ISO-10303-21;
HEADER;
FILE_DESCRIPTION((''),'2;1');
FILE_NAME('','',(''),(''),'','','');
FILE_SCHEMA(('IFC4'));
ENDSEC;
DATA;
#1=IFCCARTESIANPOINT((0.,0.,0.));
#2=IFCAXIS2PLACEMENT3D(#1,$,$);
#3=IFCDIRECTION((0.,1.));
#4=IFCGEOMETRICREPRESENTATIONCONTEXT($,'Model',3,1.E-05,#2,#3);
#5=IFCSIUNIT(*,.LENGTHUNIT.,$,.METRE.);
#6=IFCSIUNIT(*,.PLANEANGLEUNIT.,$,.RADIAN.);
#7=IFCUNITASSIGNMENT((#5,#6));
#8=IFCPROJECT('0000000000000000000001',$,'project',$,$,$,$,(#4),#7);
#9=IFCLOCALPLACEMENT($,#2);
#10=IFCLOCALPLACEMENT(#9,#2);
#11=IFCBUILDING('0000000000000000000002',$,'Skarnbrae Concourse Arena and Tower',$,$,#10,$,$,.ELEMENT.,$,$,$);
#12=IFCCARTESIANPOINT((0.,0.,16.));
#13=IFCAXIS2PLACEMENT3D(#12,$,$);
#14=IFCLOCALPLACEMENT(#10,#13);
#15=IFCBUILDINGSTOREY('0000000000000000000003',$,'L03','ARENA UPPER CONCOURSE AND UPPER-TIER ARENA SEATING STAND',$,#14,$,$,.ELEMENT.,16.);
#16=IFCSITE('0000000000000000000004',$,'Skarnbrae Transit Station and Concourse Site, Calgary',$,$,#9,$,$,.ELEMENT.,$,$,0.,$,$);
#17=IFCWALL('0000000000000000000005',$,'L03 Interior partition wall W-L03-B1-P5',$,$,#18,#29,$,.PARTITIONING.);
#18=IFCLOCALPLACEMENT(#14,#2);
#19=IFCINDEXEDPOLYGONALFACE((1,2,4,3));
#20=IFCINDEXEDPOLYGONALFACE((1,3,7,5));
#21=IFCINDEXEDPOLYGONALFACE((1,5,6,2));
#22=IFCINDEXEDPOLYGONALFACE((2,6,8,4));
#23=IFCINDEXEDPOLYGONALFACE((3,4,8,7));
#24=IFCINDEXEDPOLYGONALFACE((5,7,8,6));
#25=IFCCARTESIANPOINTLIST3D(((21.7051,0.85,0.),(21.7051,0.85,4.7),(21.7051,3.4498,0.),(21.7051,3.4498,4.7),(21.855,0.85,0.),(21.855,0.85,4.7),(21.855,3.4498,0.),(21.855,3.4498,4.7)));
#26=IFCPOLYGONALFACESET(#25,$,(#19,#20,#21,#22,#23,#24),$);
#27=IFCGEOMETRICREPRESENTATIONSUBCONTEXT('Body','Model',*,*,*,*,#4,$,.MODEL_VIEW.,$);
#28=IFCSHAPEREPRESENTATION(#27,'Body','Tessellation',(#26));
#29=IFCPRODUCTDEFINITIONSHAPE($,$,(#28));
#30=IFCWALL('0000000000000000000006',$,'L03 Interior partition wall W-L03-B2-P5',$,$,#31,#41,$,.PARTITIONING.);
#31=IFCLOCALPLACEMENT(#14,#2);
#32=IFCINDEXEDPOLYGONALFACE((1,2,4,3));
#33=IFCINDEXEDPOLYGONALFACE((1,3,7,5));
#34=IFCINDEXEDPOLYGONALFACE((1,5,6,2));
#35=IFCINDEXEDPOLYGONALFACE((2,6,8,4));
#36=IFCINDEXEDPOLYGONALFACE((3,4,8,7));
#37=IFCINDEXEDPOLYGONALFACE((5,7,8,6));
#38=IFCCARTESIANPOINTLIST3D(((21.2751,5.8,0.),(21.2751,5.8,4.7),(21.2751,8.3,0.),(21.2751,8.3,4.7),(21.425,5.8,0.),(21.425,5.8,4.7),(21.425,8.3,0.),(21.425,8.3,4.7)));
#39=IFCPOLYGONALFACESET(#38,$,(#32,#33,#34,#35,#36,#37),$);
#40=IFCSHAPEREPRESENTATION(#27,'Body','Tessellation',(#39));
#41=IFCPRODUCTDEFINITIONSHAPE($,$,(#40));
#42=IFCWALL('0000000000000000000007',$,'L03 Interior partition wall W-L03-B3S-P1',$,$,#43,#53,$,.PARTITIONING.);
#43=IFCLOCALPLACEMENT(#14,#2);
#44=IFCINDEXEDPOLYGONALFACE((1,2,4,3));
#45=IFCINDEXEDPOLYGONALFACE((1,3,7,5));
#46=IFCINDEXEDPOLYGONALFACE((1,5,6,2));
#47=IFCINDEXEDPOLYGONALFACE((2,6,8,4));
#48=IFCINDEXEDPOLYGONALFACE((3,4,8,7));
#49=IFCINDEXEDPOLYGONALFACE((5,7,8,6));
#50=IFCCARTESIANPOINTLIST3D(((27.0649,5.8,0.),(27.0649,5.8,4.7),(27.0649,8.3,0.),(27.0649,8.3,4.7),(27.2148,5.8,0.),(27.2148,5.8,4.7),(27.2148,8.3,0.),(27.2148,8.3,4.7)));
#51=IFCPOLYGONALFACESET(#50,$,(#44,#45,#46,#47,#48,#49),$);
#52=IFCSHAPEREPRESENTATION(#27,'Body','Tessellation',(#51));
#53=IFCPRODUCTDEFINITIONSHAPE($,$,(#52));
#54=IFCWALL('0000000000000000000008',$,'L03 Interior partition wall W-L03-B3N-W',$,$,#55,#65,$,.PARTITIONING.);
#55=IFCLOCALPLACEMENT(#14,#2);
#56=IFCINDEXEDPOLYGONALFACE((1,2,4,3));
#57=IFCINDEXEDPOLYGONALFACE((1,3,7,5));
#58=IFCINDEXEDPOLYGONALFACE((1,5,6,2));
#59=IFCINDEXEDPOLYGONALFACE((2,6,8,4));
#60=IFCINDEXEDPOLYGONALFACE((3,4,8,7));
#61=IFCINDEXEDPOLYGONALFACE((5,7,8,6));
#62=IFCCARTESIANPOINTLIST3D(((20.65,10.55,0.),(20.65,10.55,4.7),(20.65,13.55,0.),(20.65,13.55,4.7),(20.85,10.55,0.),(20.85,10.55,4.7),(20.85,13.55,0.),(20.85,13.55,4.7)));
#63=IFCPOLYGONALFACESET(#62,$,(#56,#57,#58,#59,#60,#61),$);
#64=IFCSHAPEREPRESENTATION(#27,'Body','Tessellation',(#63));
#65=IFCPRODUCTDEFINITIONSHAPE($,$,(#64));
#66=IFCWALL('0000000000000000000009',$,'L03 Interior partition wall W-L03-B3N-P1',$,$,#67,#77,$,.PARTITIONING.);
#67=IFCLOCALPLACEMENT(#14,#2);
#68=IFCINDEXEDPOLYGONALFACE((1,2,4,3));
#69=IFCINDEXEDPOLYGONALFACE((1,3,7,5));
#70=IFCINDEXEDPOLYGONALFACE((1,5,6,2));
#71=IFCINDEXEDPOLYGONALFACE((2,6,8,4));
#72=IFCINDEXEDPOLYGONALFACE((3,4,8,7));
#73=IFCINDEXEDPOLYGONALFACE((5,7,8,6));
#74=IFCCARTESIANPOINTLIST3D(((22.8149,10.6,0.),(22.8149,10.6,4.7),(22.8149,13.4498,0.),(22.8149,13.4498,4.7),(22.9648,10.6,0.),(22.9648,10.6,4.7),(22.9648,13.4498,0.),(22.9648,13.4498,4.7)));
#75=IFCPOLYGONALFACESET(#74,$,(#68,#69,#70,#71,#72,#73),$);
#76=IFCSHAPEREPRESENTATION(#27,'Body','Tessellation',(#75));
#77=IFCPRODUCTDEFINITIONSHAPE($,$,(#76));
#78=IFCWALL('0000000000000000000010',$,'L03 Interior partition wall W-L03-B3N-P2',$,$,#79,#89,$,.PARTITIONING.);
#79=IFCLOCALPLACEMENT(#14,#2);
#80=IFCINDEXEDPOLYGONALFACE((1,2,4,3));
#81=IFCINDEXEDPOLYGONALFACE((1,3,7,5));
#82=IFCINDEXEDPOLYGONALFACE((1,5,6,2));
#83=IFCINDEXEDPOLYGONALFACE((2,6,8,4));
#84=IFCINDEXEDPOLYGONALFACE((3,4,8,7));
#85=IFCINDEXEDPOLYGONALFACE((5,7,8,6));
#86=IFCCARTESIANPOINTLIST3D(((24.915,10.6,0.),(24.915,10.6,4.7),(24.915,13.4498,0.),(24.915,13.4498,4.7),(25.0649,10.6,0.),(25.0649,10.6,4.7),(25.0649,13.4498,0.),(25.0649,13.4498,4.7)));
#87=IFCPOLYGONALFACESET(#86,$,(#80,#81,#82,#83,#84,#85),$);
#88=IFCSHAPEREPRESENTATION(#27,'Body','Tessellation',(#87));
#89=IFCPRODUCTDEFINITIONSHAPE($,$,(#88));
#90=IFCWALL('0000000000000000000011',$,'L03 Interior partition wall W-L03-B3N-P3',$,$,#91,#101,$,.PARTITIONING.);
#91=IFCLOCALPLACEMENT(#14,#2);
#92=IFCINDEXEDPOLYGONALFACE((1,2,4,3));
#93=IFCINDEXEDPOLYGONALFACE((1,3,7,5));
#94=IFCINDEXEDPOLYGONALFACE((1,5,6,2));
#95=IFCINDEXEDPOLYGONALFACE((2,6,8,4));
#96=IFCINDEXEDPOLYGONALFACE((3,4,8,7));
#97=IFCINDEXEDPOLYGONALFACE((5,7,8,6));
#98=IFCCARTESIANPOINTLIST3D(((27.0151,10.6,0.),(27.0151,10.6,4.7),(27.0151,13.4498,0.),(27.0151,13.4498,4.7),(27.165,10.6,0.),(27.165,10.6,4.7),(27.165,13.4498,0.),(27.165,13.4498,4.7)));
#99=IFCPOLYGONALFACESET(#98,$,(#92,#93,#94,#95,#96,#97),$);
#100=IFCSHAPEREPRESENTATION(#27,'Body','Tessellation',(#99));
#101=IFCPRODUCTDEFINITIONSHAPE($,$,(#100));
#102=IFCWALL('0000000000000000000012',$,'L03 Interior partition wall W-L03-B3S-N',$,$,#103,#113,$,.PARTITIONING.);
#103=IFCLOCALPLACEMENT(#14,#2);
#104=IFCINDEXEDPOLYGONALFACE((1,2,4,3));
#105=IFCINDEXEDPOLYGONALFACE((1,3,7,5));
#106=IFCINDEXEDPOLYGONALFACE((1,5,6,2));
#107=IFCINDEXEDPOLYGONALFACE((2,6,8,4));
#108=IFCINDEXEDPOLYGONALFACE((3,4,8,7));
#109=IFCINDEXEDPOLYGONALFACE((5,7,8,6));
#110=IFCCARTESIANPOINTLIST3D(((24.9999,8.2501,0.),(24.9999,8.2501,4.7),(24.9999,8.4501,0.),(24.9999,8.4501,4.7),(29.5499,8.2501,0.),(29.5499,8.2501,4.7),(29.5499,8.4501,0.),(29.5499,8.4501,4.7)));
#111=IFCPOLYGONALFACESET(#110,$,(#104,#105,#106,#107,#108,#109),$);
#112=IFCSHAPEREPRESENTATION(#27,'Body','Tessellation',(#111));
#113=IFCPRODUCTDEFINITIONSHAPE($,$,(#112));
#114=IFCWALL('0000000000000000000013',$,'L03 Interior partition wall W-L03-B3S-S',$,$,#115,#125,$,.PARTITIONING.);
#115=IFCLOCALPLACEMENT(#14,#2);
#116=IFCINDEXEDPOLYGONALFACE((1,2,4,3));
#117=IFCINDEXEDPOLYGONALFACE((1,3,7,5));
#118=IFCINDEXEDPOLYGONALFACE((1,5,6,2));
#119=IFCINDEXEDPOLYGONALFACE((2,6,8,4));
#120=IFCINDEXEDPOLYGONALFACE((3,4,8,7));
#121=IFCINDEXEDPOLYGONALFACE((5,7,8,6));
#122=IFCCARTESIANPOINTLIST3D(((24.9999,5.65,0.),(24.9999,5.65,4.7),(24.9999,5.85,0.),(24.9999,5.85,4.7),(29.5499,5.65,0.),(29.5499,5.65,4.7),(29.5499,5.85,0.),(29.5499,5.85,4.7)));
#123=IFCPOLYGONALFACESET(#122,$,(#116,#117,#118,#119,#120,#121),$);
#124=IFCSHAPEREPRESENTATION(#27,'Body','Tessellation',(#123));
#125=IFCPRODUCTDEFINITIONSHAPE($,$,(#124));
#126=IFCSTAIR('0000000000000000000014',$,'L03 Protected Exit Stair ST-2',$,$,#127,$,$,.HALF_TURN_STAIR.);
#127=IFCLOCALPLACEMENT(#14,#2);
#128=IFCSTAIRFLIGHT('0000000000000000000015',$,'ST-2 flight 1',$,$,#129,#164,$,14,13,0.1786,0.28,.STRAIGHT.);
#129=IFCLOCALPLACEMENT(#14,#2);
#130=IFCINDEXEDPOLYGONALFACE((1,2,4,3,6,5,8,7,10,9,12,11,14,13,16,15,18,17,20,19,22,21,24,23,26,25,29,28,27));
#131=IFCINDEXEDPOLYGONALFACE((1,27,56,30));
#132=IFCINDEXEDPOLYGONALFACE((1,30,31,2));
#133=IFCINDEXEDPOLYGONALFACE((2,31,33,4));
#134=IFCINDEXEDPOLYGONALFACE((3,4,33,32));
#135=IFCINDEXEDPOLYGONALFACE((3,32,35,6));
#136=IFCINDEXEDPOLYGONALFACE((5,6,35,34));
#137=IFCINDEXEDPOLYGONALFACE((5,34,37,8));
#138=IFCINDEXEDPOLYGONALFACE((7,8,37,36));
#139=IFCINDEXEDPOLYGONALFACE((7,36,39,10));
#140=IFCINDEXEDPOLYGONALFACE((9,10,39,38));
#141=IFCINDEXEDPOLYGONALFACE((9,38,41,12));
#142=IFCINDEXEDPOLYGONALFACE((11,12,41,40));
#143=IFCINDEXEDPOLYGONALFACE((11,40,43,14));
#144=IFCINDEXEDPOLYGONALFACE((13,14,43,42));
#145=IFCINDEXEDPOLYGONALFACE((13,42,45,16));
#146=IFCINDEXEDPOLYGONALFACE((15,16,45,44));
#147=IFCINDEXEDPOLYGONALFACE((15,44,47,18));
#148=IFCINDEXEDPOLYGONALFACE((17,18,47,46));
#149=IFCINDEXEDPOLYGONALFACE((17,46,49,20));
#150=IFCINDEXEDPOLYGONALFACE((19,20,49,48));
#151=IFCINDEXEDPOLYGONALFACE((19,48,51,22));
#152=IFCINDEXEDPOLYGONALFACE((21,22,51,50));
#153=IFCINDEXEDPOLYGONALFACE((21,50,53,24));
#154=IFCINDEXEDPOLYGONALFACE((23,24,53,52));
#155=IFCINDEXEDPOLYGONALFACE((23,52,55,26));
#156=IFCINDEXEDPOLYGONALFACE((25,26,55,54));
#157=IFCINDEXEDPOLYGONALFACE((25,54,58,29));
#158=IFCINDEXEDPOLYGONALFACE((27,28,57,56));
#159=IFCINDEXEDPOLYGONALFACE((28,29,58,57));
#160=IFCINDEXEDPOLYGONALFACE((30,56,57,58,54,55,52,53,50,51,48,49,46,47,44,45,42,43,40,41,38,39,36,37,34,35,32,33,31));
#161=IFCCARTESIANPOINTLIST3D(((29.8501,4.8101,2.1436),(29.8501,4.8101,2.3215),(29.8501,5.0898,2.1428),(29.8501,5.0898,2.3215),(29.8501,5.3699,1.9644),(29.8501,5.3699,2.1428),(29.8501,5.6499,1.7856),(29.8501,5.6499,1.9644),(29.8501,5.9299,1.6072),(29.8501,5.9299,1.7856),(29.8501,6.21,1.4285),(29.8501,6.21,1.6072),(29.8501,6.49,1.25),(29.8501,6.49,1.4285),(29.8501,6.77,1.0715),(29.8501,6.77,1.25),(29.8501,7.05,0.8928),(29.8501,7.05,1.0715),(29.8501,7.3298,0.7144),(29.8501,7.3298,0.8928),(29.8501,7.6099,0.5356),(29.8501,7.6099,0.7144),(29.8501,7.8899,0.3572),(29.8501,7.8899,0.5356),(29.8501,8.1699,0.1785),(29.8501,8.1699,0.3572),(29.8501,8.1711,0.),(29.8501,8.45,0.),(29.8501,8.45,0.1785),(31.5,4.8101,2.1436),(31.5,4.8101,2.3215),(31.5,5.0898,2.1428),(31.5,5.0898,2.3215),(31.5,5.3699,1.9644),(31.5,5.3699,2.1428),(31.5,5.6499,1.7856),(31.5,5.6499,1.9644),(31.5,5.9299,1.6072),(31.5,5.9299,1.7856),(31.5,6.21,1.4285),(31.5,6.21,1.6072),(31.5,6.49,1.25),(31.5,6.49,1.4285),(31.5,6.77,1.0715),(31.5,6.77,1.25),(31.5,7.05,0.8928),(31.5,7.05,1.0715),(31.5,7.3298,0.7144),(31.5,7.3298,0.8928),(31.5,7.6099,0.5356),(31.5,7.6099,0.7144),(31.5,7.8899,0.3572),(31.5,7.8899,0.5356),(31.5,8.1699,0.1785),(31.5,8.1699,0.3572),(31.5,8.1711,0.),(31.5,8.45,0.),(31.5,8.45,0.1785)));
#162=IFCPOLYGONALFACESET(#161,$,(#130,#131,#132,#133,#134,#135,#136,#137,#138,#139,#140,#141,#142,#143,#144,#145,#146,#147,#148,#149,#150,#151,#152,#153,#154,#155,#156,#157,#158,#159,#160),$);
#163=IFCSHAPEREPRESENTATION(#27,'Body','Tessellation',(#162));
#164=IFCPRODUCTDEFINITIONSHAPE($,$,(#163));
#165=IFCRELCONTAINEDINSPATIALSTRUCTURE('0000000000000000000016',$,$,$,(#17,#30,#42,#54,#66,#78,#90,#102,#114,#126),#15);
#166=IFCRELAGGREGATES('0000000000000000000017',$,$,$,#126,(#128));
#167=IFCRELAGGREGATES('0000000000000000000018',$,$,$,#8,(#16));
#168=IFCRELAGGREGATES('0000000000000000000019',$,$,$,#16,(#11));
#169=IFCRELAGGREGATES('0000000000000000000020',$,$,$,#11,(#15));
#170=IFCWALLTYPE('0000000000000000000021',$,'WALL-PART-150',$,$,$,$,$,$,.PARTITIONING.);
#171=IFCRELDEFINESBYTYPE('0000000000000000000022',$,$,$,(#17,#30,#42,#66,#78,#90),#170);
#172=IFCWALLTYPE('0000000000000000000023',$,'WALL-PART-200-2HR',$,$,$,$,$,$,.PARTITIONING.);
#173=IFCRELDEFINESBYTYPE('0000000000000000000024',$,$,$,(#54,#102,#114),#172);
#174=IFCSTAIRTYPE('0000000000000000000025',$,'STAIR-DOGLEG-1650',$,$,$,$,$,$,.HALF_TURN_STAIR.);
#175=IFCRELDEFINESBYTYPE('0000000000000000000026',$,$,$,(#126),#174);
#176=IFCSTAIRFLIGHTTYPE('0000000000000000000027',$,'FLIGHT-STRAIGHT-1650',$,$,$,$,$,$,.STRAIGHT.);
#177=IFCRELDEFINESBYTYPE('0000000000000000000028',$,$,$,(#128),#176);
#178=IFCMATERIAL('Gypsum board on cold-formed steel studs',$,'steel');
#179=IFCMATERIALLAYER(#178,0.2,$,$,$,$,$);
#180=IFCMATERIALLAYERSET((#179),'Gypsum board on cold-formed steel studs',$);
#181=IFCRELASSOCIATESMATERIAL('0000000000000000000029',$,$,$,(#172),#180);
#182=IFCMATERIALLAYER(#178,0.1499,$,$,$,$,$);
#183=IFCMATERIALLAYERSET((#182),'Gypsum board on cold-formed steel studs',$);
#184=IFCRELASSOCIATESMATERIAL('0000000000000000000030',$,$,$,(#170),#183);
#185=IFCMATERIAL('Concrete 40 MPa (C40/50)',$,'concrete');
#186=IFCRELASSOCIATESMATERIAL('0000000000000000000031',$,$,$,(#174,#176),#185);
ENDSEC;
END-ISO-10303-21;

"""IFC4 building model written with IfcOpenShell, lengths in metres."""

from ifc_helpers import new_model, si_unit, direction, frame, frame_2d, origin, place, context, subcontext, project, spatial, polyline, rectangle, outline, extrude, source, transform, mapped, material, layer, layer_set, type_object, element, aggregate, save


model = new_model("IFC4")

# Units and contexts
model_context = context("Model", 3, precision=1e-05, world=origin(), true_north=direction((0.0, 1.0)))
body_context = subcontext(model_context, "Body", "Model", "MODEL_VIEW")
ifc_project = project(units=[si_unit("LENGTHUNIT", "METRE"), si_unit("PLANEANGLEUNIT", "RADIAN")], contexts=[model_context])

# Site, building, storey
site_placement = place(None, origin())
site = spatial("IfcSite", under=ifc_project, at=site_placement, Name="Skarnbrae Transit Station and Concourse Site, Calgary", CompositionType="ELEMENT", RefElevation=0.0)
building_placement = place(site_placement, origin())
building = spatial("IfcBuilding", under=site, at=building_placement, Name="Skarnbrae Concourse Arena and Tower", CompositionType="ELEMENT")
storey_placement = place(building_placement, frame((0.0, 0.0, 16.0)))
storey = spatial("IfcBuildingStorey", under=building, at=storey_placement, Name="L03", Description="ARENA UPPER CONCOURSE AND UPPER-TIER ARENA SEATING STAND", CompositionType="ELEMENT", Elevation=16.0)

# Shared definitions
ifc_material_1 = material(Name="Gypsum board on cold-formed steel studs", Category="steel")
ifc_layer_1 = layer(ifc_material_1, 0.2)
ifc_layer_set_1 = layer_set([ifc_layer_1], Name="Gypsum board on cold-formed steel studs")
wall_type_1 = type_object("IfcWallType", Name="WALL-PART-200-2HR", PredefinedType="PARTITIONING", material=ifc_layer_set_1)

# Walls
ifc_layer_2 = layer(ifc_material_1, 0.1499)
ifc_layer_set_2 = layer_set([ifc_layer_2], Name="Gypsum board on cold-formed steel studs")
wall_type_2 = type_object("IfcWallType", Name="WALL-PART-150", PredefinedType="PARTITIONING", material=ifc_layer_set_2)
shared_shape_1 = source(origin(), body_context, "Body", "SweptSolid", [
    extrude(rectangle(XDim=2.5999, YDim=0.1499, at=frame_2d((1.2998, 0.0))), origin(), (0.0, 0.0, 1.0), 4.7),
])
wall_1_placement = place(storey_placement, frame((21.78, 0.8501, 0.0), z_axis=(0.0, 0.0, 1.0), x_axis=(0.0, 1.0, 0.0)))
element("IfcWall", 1, at=wall_1_placement, inside=storey, type_object=wall_type_2, Name="L03 Interior partition wall W-L03-B1-P5", PredefinedType="PARTITIONING", context=body_context, shape_type="MappedRepresentation", body=[
    mapped(shared_shape_1, transform((0.0, 0.0, 0.0))),
])
shared_shape_2 = source(origin(), body_context, "Body", "SweptSolid", [
    extrude(rectangle(XDim=2.5, YDim=0.1499, at=frame_2d((1.25, 0.0))), origin(), (0.0, 0.0, 1.0), 4.7),
])
for number, where, z_axis, x_axis, name in (
    (2, (21.3501, 5.8, 0.0), (0.0, 0.0, 1.0), (0.0, 1.0, 0.0), "L03 Interior partition wall W-L03-B2-P5"),
    (3, (27.1399, 5.8, 0.0), (0.0, 0.0, 1.0), (0.0, 1.0, 0.0), "L03 Interior partition wall W-L03-B3S-P1"),
):
    element("IfcWall", number, at=place(storey_placement, frame(where, z_axis=z_axis, x_axis=x_axis)), inside=storey, type_object=wall_type_2, Name=name, PredefinedType="PARTITIONING", context=body_context, shape_type="MappedRepresentation", body=[
        mapped(shared_shape_2, transform((0.0, 0.0, 0.0))),
    ])
shared_shape_3 = source(origin(), body_context, "Body", "SweptSolid", [
    extrude(rectangle(XDim=3.0, YDim=0.2, at=frame_2d((1.5, 0.0))), origin(), (0.0, 0.0, 1.0), 4.7),
])
wall_2_placement = place(storey_placement, frame((20.75, 10.55, 0.0), z_axis=(0.0, 0.0, 1.0), x_axis=(0.0, 1.0, 0.0)))
element("IfcWall", 4, at=wall_2_placement, inside=storey, type_object=wall_type_1, Name="L03 Interior partition wall W-L03-B3N-W", PredefinedType="PARTITIONING", context=body_context, shape_type="MappedRepresentation", body=[
    mapped(shared_shape_3, transform((0.0, 0.0, 0.0))),
])
shared_shape_4 = source(origin(), body_context, "Body", "SweptSolid", [
    extrude(rectangle(XDim=2.8499, YDim=0.1499, at=frame_2d((1.4248, 0.0))), origin(), (0.0, 0.0, 1.0), 4.7),
])
for number, where, z_axis, x_axis, name in (
    (5, (22.8899, 10.6001, 0.0), (0.0, 0.0, 1.0), (0.0, 1.0, 0.0), "L03 Interior partition wall W-L03-B3N-P1"),
    (6, (24.99, 10.6001, 0.0), (0.0, 0.0, 1.0), (0.0, 1.0, 0.0), "L03 Interior partition wall W-L03-B3N-P2"),
    (7, (27.0901, 10.6001, 0.0), (0.0, 0.0, 1.0), (0.0, 1.0, 0.0), "L03 Interior partition wall W-L03-B3N-P3"),
):
    element("IfcWall", number, at=place(storey_placement, frame(where, z_axis=z_axis, x_axis=x_axis)), inside=storey, type_object=wall_type_2, Name=name, PredefinedType="PARTITIONING", context=body_context, shape_type="MappedRepresentation", body=[
        mapped(shared_shape_4, transform((0.0, 0.0, 0.0))),
    ])
shared_shape_5 = source(origin(), body_context, "Body", "SweptSolid", [
    extrude(rectangle(XDim=4.55, YDim=0.2, at=frame_2d((2.2749, 0.0))), origin(), (0.0, 0.0, 1.0), 4.7),
])
for number, where, z_axis, x_axis, name in (
    (8, (25.0, 8.3501, 0.0), (0.0, 0.0, 1.0), (1.0, 0.0, 0.0), "L03 Interior partition wall W-L03-B3S-N"),
    (9, (25.0, 5.75, 0.0), (0.0, 0.0, 1.0), (1.0, 0.0, 0.0), "L03 Interior partition wall W-L03-B3S-S"),
):
    element("IfcWall", number, at=place(storey_placement, frame(where, z_axis=z_axis, x_axis=x_axis)), inside=storey, type_object=wall_type_1, Name=name, PredefinedType="PARTITIONING", context=body_context, shape_type="MappedRepresentation", body=[
        mapped(shared_shape_5, transform((0.0, 0.0, 0.0))),
    ])

# Stair, stair flight
ifc_material_2 = material(Name="Concrete 40 MPa (C40/50)", Category="concrete")
stair_type = type_object("IfcStairType", Name="STAIR-DOGLEG-1650", PredefinedType="HALF_TURN_STAIR", material=ifc_material_2)
stair_placement = place(storey_placement, origin())
stair = element("IfcStair", 10, at=stair_placement, inside=storey, type_object=stair_type, Name="L03 Protected Exit Stair ST-2", PredefinedType="HALF_TURN_STAIR")
stair_flight_type = type_object("IfcStairFlightType", Name="FLIGHT-STRAIGHT-1650", PredefinedType="STRAIGHT", material=ifc_material_2)
shared_shape_6 = source(origin(), body_context, "Body", "SweptSolid", [
    extrude(outline(polyline([(0.0, 0.0), (0.0, 0.1785), (0.28, 0.1785), (0.28, 0.3572), (0.5601, 0.3572), (0.5601, 0.5356), (0.8401, 0.5356), (0.8401, 0.7144), (1.1201, 0.7144), (1.1201, 0.8928), (1.3999, 0.8928), (1.3999, 1.0715), (1.6799, 1.0715), (1.6799, 1.25), (1.96, 1.25), (1.96, 1.4285), (2.24, 1.4285), (2.24, 1.6072), (2.52, 1.6072), (2.52, 1.7856), (2.8, 1.7856), (2.8, 1.9644), (3.0801, 1.9644), (3.0801, 2.1428), (3.3601, 2.1428), (3.3601, 2.3215), (3.6399, 2.3215), (3.6399, 2.5), (3.6399, 2.1436), (0.2788, 0.0), (0.0, 0.0)])), frame((0.0, 0.825, 0.0), z_axis=(0.0, -1.0, 0.0), x_axis=(1.0, 0.0, 0.0)), (0.0, 0.0, 1.0), 1.6499),
])
stair_flight_placement = place(storey_placement, frame((30.675, 8.45, 0.0), z_axis=(0.0, 0.0, 1.0), x_axis=(0.0, -1.0, 0.0)))
stair_flight = element("IfcStairFlight", 11, at=stair_flight_placement, type_object=stair_flight_type, Name="ST-2 flight 1", NumberOfRisers=14, NumberOfTreads=13, PredefinedType="STRAIGHT", RiserHeight=0.1786, TreadLength=0.28, context=body_context, shape_type="MappedRepresentation", body=[
    mapped(shared_shape_6, transform((0.0, 0.0, 0.0))),
])
aggregate(stair, [stair_flight])

save(model, "model.ifc")
